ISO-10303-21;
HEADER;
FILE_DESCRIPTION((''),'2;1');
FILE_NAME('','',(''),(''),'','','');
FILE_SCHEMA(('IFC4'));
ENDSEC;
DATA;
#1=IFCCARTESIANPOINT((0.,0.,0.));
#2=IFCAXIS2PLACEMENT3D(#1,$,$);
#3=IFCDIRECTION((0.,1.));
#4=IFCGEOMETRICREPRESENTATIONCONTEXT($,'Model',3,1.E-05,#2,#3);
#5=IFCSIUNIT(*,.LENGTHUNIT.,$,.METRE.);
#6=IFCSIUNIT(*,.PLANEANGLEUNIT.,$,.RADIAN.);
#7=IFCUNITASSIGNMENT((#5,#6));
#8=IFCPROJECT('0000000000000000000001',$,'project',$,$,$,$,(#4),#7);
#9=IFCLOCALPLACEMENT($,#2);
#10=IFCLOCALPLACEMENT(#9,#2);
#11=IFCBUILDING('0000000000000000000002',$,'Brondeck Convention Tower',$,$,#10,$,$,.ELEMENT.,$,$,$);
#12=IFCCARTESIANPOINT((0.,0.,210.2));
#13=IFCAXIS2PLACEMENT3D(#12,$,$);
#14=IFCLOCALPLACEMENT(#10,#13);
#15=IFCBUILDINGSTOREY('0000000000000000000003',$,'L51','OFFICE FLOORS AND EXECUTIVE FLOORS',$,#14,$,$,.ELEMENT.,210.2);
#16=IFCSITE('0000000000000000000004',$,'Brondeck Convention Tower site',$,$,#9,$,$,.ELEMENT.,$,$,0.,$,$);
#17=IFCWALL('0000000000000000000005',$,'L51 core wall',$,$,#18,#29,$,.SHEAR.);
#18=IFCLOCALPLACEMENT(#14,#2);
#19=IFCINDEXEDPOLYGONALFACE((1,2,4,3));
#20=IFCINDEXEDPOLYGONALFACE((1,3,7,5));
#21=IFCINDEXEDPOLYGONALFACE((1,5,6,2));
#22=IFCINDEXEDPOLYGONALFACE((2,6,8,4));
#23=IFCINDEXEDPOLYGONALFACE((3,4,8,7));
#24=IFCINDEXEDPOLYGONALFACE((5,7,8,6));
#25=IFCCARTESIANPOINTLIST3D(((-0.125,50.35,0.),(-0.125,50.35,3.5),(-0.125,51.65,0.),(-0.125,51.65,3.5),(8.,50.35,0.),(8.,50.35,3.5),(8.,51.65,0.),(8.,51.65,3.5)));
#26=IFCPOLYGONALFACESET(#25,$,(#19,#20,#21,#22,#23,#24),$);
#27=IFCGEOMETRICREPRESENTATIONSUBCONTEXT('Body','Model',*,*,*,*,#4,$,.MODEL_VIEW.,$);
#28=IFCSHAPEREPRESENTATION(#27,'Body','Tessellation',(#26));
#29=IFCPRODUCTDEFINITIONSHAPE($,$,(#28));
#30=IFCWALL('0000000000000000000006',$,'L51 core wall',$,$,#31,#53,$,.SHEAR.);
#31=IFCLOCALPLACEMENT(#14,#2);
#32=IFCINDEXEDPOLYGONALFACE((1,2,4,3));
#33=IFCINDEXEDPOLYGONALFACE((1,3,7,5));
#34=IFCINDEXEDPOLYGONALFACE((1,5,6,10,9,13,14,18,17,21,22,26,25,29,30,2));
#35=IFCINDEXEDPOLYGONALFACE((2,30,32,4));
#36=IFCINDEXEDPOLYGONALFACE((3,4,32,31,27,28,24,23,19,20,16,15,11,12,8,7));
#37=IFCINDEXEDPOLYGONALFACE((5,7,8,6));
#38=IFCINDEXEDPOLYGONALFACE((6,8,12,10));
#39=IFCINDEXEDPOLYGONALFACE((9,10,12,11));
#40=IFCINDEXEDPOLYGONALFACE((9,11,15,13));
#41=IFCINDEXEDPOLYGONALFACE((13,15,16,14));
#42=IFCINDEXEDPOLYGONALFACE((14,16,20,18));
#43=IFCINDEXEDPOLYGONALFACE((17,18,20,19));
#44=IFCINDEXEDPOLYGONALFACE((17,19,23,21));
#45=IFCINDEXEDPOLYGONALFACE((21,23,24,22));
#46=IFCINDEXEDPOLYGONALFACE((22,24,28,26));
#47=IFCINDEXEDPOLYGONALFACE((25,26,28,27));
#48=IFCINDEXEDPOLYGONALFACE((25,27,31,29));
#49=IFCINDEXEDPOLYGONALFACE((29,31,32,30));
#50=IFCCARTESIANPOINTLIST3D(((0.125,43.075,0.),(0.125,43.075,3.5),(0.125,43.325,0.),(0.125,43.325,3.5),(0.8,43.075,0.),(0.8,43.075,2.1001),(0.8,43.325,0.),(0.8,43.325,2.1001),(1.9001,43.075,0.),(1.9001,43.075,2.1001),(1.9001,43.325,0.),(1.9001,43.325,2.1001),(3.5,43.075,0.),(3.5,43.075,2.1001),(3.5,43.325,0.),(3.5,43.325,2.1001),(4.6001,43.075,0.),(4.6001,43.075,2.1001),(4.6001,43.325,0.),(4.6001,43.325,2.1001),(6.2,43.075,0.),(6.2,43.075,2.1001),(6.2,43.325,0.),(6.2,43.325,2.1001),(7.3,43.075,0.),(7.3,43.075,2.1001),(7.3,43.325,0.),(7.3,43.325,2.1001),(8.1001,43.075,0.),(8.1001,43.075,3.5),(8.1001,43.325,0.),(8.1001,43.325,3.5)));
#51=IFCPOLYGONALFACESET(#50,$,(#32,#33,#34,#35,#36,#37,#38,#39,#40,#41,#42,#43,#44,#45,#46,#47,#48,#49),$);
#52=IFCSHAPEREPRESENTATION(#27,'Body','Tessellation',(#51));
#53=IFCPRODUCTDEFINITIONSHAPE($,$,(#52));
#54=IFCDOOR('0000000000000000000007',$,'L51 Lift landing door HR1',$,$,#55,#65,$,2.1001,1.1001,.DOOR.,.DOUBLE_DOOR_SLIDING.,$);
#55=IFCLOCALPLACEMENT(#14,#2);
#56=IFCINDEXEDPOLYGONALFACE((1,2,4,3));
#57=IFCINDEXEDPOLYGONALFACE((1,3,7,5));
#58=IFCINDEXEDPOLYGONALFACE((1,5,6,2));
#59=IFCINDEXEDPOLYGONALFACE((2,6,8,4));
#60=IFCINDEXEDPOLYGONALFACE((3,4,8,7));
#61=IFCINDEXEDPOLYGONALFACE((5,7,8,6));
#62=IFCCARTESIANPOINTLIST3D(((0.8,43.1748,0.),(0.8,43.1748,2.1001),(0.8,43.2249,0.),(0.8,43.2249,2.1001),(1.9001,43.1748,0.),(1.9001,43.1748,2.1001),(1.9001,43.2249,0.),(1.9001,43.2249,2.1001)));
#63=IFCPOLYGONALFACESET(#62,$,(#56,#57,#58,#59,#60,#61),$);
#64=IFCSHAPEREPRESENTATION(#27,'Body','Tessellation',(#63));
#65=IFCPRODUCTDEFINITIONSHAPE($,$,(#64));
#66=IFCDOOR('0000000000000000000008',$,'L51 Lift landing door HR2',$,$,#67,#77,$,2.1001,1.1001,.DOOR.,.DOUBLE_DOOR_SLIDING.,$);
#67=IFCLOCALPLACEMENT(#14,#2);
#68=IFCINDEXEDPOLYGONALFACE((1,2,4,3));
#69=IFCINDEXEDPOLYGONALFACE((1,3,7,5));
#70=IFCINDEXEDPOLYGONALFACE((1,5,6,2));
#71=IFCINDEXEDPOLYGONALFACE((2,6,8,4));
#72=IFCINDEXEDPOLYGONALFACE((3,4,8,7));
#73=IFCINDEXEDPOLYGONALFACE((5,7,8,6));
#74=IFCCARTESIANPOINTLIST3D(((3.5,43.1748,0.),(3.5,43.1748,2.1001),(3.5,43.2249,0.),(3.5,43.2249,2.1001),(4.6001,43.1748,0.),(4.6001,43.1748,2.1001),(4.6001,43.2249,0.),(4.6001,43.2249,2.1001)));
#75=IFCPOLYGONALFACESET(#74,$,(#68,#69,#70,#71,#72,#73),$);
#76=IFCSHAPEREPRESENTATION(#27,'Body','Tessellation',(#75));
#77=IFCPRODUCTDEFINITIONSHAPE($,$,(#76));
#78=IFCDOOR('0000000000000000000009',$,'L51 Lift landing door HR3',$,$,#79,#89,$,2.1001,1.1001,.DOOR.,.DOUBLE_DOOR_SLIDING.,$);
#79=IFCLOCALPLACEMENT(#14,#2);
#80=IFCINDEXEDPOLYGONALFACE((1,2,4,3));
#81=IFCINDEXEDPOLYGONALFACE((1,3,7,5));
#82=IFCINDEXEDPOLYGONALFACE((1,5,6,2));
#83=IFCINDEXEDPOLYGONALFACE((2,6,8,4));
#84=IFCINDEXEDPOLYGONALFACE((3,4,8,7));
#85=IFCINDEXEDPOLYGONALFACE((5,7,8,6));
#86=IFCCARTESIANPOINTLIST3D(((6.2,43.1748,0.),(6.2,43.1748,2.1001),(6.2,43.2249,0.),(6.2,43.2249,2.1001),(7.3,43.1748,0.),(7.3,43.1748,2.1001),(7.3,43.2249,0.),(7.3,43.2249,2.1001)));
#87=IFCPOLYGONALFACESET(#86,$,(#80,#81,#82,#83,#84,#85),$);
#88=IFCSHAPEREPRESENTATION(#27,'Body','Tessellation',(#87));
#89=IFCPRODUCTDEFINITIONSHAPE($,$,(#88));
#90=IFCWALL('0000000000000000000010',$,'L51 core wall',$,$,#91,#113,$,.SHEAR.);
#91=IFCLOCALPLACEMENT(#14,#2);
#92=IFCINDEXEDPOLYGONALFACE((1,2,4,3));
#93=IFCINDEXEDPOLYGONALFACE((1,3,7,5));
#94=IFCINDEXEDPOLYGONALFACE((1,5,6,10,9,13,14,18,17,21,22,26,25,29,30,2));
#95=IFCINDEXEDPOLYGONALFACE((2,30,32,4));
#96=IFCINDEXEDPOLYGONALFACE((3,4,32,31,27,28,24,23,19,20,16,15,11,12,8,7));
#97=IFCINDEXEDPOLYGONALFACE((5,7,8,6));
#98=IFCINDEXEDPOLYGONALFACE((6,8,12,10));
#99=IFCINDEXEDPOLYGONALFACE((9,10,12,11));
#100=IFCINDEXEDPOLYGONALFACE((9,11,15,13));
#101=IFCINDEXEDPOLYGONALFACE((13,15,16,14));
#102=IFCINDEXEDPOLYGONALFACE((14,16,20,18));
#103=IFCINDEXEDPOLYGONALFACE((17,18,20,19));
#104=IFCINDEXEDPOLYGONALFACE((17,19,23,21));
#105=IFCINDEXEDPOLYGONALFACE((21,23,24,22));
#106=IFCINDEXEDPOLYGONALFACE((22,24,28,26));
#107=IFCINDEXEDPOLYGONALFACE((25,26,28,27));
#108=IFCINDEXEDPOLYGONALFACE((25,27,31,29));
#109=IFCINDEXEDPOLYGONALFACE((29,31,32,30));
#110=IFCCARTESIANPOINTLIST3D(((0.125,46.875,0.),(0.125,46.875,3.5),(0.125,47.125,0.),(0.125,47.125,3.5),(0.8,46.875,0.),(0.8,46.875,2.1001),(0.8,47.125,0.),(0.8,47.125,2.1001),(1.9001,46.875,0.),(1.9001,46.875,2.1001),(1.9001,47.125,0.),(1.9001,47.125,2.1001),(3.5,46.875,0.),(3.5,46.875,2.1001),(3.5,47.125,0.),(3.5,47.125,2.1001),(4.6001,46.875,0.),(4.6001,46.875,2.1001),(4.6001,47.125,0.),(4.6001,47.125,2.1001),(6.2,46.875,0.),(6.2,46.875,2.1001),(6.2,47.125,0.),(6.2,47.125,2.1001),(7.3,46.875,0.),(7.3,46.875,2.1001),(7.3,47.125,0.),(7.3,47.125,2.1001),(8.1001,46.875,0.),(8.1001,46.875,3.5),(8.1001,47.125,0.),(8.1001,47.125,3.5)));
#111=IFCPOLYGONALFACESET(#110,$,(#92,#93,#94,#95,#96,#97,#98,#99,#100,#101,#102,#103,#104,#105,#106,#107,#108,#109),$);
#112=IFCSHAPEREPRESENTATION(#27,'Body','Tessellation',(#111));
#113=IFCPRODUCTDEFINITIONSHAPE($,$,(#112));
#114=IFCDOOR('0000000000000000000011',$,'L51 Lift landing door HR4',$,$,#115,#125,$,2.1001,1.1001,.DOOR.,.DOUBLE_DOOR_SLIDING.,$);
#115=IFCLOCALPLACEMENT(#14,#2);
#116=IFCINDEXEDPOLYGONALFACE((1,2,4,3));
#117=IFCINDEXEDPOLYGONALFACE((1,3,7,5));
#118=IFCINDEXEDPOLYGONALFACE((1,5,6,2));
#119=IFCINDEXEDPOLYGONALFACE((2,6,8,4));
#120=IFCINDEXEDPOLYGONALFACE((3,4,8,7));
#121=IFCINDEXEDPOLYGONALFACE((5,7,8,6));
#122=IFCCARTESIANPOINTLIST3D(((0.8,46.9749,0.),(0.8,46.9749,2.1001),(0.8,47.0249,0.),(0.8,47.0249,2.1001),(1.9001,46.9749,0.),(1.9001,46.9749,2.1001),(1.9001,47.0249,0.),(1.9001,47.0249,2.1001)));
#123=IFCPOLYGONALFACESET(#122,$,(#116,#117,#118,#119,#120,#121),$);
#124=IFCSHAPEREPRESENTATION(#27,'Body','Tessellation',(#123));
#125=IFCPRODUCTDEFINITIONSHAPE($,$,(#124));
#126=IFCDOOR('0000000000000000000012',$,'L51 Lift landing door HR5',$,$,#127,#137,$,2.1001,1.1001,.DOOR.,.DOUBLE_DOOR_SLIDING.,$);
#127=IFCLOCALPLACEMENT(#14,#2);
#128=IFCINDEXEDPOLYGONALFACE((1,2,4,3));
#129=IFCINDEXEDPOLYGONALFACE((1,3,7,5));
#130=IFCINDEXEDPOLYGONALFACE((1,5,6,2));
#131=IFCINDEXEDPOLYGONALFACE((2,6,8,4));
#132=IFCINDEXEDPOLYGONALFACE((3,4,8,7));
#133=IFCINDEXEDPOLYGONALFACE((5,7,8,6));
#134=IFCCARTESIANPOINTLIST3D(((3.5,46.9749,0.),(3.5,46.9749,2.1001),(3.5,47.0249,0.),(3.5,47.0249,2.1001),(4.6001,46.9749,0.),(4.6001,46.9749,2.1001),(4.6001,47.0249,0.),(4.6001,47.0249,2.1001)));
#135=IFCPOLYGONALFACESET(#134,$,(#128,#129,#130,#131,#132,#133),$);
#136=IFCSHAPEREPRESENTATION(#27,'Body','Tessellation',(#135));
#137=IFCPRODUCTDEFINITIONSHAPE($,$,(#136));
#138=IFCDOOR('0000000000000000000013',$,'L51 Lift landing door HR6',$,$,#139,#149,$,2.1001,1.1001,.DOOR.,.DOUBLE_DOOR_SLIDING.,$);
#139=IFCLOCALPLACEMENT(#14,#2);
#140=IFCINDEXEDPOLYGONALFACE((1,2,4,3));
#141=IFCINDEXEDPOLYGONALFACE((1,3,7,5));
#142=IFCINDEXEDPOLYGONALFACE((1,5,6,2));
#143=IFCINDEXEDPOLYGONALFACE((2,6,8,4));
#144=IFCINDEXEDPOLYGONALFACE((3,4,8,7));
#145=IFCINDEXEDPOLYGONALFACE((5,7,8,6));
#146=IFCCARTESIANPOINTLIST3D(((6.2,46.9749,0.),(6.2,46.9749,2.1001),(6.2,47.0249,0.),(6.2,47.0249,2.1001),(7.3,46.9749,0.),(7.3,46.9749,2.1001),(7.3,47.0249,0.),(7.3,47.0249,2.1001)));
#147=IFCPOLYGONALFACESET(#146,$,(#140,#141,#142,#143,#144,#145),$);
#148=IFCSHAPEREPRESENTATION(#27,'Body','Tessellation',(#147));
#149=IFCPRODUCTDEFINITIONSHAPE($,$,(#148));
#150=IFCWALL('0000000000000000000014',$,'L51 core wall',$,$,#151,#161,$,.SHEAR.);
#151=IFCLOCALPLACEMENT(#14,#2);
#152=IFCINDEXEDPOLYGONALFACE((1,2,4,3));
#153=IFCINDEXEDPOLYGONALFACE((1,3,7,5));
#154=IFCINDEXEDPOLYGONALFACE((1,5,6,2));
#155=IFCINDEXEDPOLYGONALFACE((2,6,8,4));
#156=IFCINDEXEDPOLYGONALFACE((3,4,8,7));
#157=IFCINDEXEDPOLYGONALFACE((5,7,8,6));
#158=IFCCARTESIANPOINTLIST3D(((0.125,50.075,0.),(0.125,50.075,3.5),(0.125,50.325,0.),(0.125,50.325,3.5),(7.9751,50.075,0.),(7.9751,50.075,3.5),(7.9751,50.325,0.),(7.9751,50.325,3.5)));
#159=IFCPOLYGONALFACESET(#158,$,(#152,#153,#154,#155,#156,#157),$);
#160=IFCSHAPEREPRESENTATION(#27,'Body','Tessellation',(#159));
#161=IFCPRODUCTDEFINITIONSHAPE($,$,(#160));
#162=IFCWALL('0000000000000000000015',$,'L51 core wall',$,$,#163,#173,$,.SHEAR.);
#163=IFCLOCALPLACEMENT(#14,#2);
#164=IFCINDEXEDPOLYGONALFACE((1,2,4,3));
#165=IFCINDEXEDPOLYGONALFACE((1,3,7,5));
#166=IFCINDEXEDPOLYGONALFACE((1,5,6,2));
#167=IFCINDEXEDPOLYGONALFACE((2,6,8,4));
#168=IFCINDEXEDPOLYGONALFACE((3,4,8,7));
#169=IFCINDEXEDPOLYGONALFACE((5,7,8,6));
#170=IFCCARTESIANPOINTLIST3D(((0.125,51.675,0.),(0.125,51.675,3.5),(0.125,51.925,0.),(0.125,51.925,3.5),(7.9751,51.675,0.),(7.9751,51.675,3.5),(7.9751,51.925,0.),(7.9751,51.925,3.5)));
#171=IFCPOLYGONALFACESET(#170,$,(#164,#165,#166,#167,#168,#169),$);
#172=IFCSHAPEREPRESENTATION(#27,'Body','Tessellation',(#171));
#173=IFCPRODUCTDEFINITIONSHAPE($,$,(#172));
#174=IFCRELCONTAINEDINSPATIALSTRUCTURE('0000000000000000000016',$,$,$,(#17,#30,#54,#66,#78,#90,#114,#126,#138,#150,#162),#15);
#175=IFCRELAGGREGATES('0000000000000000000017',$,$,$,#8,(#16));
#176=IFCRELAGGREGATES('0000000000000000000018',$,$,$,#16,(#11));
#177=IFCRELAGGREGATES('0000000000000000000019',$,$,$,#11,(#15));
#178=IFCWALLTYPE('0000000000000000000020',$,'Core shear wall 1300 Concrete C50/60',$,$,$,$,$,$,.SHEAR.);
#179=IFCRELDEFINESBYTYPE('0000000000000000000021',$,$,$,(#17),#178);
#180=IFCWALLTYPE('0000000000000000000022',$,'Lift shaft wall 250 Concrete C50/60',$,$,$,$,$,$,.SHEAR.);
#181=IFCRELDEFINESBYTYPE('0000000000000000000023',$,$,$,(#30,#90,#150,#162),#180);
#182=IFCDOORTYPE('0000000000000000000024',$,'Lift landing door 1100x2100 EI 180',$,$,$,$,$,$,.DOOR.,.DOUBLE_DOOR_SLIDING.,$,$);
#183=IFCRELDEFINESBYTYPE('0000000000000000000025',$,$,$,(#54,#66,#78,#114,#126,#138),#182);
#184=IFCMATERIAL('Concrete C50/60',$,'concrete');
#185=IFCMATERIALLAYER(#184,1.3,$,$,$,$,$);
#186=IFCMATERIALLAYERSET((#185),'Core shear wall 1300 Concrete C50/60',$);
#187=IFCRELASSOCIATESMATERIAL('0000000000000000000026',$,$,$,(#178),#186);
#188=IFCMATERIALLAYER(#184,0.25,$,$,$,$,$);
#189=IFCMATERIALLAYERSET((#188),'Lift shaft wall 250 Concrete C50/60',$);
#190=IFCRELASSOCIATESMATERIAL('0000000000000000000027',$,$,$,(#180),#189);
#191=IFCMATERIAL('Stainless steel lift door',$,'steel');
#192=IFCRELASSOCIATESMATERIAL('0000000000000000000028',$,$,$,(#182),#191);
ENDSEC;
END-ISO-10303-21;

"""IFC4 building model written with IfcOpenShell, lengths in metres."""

from ifc_helpers import new_model, si_unit, direction, frame, frame_2d, origin, place, context, subcontext, project, spatial, rectangle, extrude, material, layer, layer_set, type_object, element, fill, save


model = new_model("IFC4")

# Units and contexts
model_context = context("Model", 3, precision=1e-05, world=origin(), true_north=direction((0.0, 1.0)))
body_context = subcontext(model_context, "Body", "Model", "MODEL_VIEW")
ifc_project = project(units=[si_unit("LENGTHUNIT", "METRE"), si_unit("PLANEANGLEUNIT", "RADIAN")], contexts=[model_context])

# Site, building, storey
site_placement = place(None, origin())
site = spatial("IfcSite", under=ifc_project, at=site_placement, Name="Brondeck Convention Tower site", CompositionType="ELEMENT", RefElevation=0.0)
building_placement = place(site_placement, origin())
building = spatial("IfcBuilding", under=site, at=building_placement, Name="Brondeck Convention Tower", CompositionType="ELEMENT")
storey_placement = place(building_placement, frame((0.0, 0.0, 210.2)))
storey = spatial("IfcBuildingStorey", under=building, at=storey_placement, Name="L51", Description="OFFICE FLOORS AND EXECUTIVE FLOORS", CompositionType="ELEMENT", Elevation=210.2)

# Shared definitions
ifc_material_1 = material(Name="Concrete C50/60", Category="concrete")

# Wall
ifc_layer_1 = layer(ifc_material_1, 1.3)
ifc_layer_set_1 = layer_set([ifc_layer_1], Name="Core shear wall 1300 Concrete C50/60")
wall_type_1 = type_object("IfcWallType", Name="Core shear wall 1300 Concrete C50/60", PredefinedType="SHEAR", material=ifc_layer_set_1)
wall_1_placement = place(storey_placement, frame((-0.125, 51.0, 0.0), z_axis=(0.0, 0.0, 1.0), x_axis=(1.0, 0.0, 0.0)))
element("IfcWall", 1, at=wall_1_placement, inside=storey, type_object=wall_type_1, Name="L51 core wall", PredefinedType="SHEAR", context=body_context, shape_type="SweptSolid", body=[
    extrude(rectangle(XDim=8.125, YDim=1.3, at=frame_2d((4.0625, 0.0))), origin(), (0.0, 0.0, 1.0), 3.5),
])

# Walls, openings, doors
ifc_layer_2 = layer(ifc_material_1, 0.25)
ifc_layer_set_2 = layer_set([ifc_layer_2], Name="Lift shaft wall 250 Concrete C50/60")
wall_type_2 = type_object("IfcWallType", Name="Lift shaft wall 250 Concrete C50/60", PredefinedType="SHEAR", material=ifc_layer_set_2)
wall_2_placement = place(storey_placement, frame((0.125, 43.2, 0.0), z_axis=(0.0, 0.0, 1.0), x_axis=(1.0, 0.0, 0.0)))
wall_2 = element("IfcWall", 2, at=wall_2_placement, inside=storey, type_object=wall_type_2, Name="L51 core wall", PredefinedType="SHEAR", context=body_context, shape_type="SweptSolid", body=[
    extrude(rectangle(XDim=7.9751, YDim=0.25, at=frame_2d((3.9875, 0.0))), origin(), (0.0, 0.0, 1.0), 3.5),
])
opening_1_placement = place(wall_2_placement, frame((0.675, 0.0, 0.0)))
opening_1 = element("IfcOpeningElement", 3, at=opening_1_placement, cuts=wall_2, PredefinedType="OPENING", context=body_context, shape_type="SweptSolid", body=[
    extrude(rectangle(XDim=1.1001, YDim=2.1001, at=frame_2d((0.55, 1.05))), frame((0.0, 0.135, 0.0), z_axis=(0.0, -1.0, 0.0), x_axis=(1.0, 0.0, 0.0)), (0.0, 0.0, 1.0), 0.27),
])
opening_2_placement = place(wall_2_placement, frame((3.375, 0.0, 0.0)))
opening_2 = element("IfcOpeningElement", 4, at=opening_2_placement, cuts=wall_2, PredefinedType="OPENING", context=body_context, shape_type="SweptSolid", body=[
    extrude(rectangle(XDim=1.1001, YDim=2.1001, at=frame_2d((0.55, 1.05))), frame((0.0, 0.135, 0.0), z_axis=(0.0, -1.0, 0.0), x_axis=(1.0, 0.0, 0.0)), (0.0, 0.0, 1.0), 0.27),
])
opening_3_placement = place(wall_2_placement, frame((6.075, 0.0, 0.0)))
opening_3 = element("IfcOpeningElement", 5, at=opening_3_placement, cuts=wall_2, PredefinedType="OPENING", context=body_context, shape_type="SweptSolid", body=[
    extrude(rectangle(XDim=1.1001, YDim=2.1001, at=frame_2d((0.55, 1.05))), frame((0.0, 0.135, 0.0), z_axis=(0.0, -1.0, 0.0), x_axis=(1.0, 0.0, 0.0)), (0.0, 0.0, 1.0), 0.27),
])
ifc_material_2 = material(Name="Stainless steel lift door", Category="steel")
door_type_1 = type_object("IfcDoorType", Name="Lift landing door 1100x2100 EI 180", OperationType="DOUBLE_DOOR_SLIDING", PredefinedType="DOOR", material=ifc_material_2)
door_1_placement = place(opening_1_placement, origin())
door_1 = element("IfcDoor", 6, at=door_1_placement, inside=storey, type_object=door_type_1, Name="L51 Lift landing door HR1", OperationType="DOUBLE_DOOR_SLIDING", OverallHeight=2.1001, OverallWidth=1.1001, PredefinedType="DOOR", context=body_context, shape_type="SweptSolid", body=[
    extrude(rectangle(XDim=1.1001, YDim=2.1001, at=frame_2d((0.55, 1.05))), frame((0.0, 0.0249, 0.0), z_axis=(0.0, -1.0, 0.0), x_axis=(1.0, 0.0, 0.0)), (0.0, 0.0, 1.0), 0.05),
])
fill(opening_1, door_1)
door_2_placement = place(opening_2_placement, origin())
door_2 = element("IfcDoor", 7, at=door_2_placement, inside=storey, type_object=door_type_1, Name="L51 Lift landing door HR2", OperationType="DOUBLE_DOOR_SLIDING", OverallHeight=2.1001, OverallWidth=1.1001, PredefinedType="DOOR", context=body_context, shape_type="SweptSolid", body=[
    extrude(rectangle(XDim=1.1001, YDim=2.1001, at=frame_2d((0.55, 1.05))), frame((0.0, 0.0249, 0.0), z_axis=(0.0, -1.0, 0.0), x_axis=(1.0, 0.0, 0.0)), (0.0, 0.0, 1.0), 0.05),
])
fill(opening_2, door_2)
door_3_placement = place(opening_3_placement, origin())
door_3 = element("IfcDoor", 8, at=door_3_placement, inside=storey, type_object=door_type_1, Name="L51 Lift landing door HR3", OperationType="DOUBLE_DOOR_SLIDING", OverallHeight=2.1001, OverallWidth=1.1001, PredefinedType="DOOR", context=body_context, shape_type="SweptSolid", body=[
    extrude(rectangle(XDim=1.1001, YDim=2.1001, at=frame_2d((0.55, 1.05))), frame((0.0, 0.0249, 0.0), z_axis=(0.0, -1.0, 0.0), x_axis=(1.0, 0.0, 0.0)), (0.0, 0.0, 1.0), 0.05),
])
fill(opening_3, door_3)
wall_3_placement = place(storey_placement, frame((0.125, 47.0, 0.0), z_axis=(0.0, 0.0, 1.0), x_axis=(1.0, 0.0, 0.0)))
wall_3 = element("IfcWall", 9, at=wall_3_placement, inside=storey, type_object=wall_type_2, Name="L51 core wall", PredefinedType="SHEAR", context=body_context, shape_type="SweptSolid", body=[
    extrude(rectangle(XDim=7.9751, YDim=0.25, at=frame_2d((3.9875, 0.0))), origin(), (0.0, 0.0, 1.0), 3.5),
])
opening_4_placement = place(wall_3_placement, frame((0.675, 0.0, 0.0)))
opening_4 = element("IfcOpeningElement", 10, at=opening_4_placement, cuts=wall_3, PredefinedType="OPENING", context=body_context, shape_type="SweptSolid", body=[
    extrude(rectangle(XDim=1.1001, YDim=2.1001, at=frame_2d((0.55, 1.05))), frame((0.0, 0.135, 0.0), z_axis=(0.0, -1.0, 0.0), x_axis=(1.0, 0.0, 0.0)), (0.0, 0.0, 1.0), 0.27),
])
opening_5_placement = place(wall_3_placement, frame((3.375, 0.0, 0.0)))
opening_5 = element("IfcOpeningElement", 11, at=opening_5_placement, cuts=wall_3, PredefinedType="OPENING", context=body_context, shape_type="SweptSolid", body=[
    extrude(rectangle(XDim=1.1001, YDim=2.1001, at=frame_2d((0.55, 1.05))), frame((0.0, 0.135, 0.0), z_axis=(0.0, -1.0, 0.0), x_axis=(1.0, 0.0, 0.0)), (0.0, 0.0, 1.0), 0.27),
])
opening_6_placement = place(wall_3_placement, frame((6.075, 0.0, 0.0)))
opening_6 = element("IfcOpeningElement", 12, at=opening_6_placement, cuts=wall_3, PredefinedType="OPENING", context=body_context, shape_type="SweptSolid", body=[
    extrude(rectangle(XDim=1.1001, YDim=2.1001, at=frame_2d((0.55, 1.05))), frame((0.0, 0.135, 0.0), z_axis=(0.0, -1.0, 0.0), x_axis=(1.0, 0.0, 0.0)), (0.0, 0.0, 1.0), 0.27),
])
door_4_placement = place(opening_4_placement, origin())
door_4 = element("IfcDoor", 13, at=door_4_placement, inside=storey, type_object=door_type_1, Name="L51 Lift landing door HR4", OperationType="DOUBLE_DOOR_SLIDING", OverallHeight=2.1001, OverallWidth=1.1001, PredefinedType="DOOR", context=body_context, shape_type="SweptSolid", body=[
    extrude(rectangle(XDim=1.1001, YDim=2.1001, at=frame_2d((0.55, 1.05))), frame((0.0, 0.0249, 0.0), z_axis=(0.0, -1.0, 0.0), x_axis=(1.0, 0.0, 0.0)), (0.0, 0.0, 1.0), 0.05),
])
fill(opening_4, door_4)
door_5_placement = place(opening_5_placement, origin())
door_5 = element("IfcDoor", 14, at=door_5_placement, inside=storey, type_object=door_type_1, Name="L51 Lift landing door HR5", OperationType="DOUBLE_DOOR_SLIDING", OverallHeight=2.1001, OverallWidth=1.1001, PredefinedType="DOOR", context=body_context, shape_type="SweptSolid", body=[
    extrude(rectangle(XDim=1.1001, YDim=2.1001, at=frame_2d((0.55, 1.05))), frame((0.0, 0.0249, 0.0), z_axis=(0.0, -1.0, 0.0), x_axis=(1.0, 0.0, 0.0)), (0.0, 0.0, 1.0), 0.05),
])
fill(opening_5, door_5)
door_6_placement = place(opening_6_placement, origin())
door_6 = element("IfcDoor", 15, at=door_6_placement, inside=storey, type_object=door_type_1, Name="L51 Lift landing door HR6", OperationType="DOUBLE_DOOR_SLIDING", OverallHeight=2.1001, OverallWidth=1.1001, PredefinedType="DOOR", context=body_context, shape_type="SweptSolid", body=[
    extrude(rectangle(XDim=1.1001, YDim=2.1001, at=frame_2d((0.55, 1.05))), frame((0.0, 0.0249, 0.0), z_axis=(0.0, -1.0, 0.0), x_axis=(1.0, 0.0, 0.0)), (0.0, 0.0, 1.0), 0.05),
])
fill(opening_6, door_6)

# Walls
for number, where, z_axis, x_axis, name in (
    (16, (0.125, 50.2, 0.0), (0.0, 0.0, 1.0), (1.0, 0.0, 0.0), "L51 core wall"),
    (17, (0.125, 51.8, 0.0), (0.0, 0.0, 1.0), (1.0, 0.0, 0.0), "L51 core wall"),
):
    element("IfcWall", number, at=place(storey_placement, frame(where, z_axis=z_axis, x_axis=x_axis)), inside=storey, type_object=wall_type_2, Name=name, PredefinedType="SHEAR", context=body_context, shape_type="SweptSolid", body=[
        extrude(rectangle(XDim=7.8501, YDim=0.25, at=frame_2d((3.925, 0.0))), origin(), (0.0, 0.0, 1.0), 3.5),
    ])

save(model, "model.ifc")
